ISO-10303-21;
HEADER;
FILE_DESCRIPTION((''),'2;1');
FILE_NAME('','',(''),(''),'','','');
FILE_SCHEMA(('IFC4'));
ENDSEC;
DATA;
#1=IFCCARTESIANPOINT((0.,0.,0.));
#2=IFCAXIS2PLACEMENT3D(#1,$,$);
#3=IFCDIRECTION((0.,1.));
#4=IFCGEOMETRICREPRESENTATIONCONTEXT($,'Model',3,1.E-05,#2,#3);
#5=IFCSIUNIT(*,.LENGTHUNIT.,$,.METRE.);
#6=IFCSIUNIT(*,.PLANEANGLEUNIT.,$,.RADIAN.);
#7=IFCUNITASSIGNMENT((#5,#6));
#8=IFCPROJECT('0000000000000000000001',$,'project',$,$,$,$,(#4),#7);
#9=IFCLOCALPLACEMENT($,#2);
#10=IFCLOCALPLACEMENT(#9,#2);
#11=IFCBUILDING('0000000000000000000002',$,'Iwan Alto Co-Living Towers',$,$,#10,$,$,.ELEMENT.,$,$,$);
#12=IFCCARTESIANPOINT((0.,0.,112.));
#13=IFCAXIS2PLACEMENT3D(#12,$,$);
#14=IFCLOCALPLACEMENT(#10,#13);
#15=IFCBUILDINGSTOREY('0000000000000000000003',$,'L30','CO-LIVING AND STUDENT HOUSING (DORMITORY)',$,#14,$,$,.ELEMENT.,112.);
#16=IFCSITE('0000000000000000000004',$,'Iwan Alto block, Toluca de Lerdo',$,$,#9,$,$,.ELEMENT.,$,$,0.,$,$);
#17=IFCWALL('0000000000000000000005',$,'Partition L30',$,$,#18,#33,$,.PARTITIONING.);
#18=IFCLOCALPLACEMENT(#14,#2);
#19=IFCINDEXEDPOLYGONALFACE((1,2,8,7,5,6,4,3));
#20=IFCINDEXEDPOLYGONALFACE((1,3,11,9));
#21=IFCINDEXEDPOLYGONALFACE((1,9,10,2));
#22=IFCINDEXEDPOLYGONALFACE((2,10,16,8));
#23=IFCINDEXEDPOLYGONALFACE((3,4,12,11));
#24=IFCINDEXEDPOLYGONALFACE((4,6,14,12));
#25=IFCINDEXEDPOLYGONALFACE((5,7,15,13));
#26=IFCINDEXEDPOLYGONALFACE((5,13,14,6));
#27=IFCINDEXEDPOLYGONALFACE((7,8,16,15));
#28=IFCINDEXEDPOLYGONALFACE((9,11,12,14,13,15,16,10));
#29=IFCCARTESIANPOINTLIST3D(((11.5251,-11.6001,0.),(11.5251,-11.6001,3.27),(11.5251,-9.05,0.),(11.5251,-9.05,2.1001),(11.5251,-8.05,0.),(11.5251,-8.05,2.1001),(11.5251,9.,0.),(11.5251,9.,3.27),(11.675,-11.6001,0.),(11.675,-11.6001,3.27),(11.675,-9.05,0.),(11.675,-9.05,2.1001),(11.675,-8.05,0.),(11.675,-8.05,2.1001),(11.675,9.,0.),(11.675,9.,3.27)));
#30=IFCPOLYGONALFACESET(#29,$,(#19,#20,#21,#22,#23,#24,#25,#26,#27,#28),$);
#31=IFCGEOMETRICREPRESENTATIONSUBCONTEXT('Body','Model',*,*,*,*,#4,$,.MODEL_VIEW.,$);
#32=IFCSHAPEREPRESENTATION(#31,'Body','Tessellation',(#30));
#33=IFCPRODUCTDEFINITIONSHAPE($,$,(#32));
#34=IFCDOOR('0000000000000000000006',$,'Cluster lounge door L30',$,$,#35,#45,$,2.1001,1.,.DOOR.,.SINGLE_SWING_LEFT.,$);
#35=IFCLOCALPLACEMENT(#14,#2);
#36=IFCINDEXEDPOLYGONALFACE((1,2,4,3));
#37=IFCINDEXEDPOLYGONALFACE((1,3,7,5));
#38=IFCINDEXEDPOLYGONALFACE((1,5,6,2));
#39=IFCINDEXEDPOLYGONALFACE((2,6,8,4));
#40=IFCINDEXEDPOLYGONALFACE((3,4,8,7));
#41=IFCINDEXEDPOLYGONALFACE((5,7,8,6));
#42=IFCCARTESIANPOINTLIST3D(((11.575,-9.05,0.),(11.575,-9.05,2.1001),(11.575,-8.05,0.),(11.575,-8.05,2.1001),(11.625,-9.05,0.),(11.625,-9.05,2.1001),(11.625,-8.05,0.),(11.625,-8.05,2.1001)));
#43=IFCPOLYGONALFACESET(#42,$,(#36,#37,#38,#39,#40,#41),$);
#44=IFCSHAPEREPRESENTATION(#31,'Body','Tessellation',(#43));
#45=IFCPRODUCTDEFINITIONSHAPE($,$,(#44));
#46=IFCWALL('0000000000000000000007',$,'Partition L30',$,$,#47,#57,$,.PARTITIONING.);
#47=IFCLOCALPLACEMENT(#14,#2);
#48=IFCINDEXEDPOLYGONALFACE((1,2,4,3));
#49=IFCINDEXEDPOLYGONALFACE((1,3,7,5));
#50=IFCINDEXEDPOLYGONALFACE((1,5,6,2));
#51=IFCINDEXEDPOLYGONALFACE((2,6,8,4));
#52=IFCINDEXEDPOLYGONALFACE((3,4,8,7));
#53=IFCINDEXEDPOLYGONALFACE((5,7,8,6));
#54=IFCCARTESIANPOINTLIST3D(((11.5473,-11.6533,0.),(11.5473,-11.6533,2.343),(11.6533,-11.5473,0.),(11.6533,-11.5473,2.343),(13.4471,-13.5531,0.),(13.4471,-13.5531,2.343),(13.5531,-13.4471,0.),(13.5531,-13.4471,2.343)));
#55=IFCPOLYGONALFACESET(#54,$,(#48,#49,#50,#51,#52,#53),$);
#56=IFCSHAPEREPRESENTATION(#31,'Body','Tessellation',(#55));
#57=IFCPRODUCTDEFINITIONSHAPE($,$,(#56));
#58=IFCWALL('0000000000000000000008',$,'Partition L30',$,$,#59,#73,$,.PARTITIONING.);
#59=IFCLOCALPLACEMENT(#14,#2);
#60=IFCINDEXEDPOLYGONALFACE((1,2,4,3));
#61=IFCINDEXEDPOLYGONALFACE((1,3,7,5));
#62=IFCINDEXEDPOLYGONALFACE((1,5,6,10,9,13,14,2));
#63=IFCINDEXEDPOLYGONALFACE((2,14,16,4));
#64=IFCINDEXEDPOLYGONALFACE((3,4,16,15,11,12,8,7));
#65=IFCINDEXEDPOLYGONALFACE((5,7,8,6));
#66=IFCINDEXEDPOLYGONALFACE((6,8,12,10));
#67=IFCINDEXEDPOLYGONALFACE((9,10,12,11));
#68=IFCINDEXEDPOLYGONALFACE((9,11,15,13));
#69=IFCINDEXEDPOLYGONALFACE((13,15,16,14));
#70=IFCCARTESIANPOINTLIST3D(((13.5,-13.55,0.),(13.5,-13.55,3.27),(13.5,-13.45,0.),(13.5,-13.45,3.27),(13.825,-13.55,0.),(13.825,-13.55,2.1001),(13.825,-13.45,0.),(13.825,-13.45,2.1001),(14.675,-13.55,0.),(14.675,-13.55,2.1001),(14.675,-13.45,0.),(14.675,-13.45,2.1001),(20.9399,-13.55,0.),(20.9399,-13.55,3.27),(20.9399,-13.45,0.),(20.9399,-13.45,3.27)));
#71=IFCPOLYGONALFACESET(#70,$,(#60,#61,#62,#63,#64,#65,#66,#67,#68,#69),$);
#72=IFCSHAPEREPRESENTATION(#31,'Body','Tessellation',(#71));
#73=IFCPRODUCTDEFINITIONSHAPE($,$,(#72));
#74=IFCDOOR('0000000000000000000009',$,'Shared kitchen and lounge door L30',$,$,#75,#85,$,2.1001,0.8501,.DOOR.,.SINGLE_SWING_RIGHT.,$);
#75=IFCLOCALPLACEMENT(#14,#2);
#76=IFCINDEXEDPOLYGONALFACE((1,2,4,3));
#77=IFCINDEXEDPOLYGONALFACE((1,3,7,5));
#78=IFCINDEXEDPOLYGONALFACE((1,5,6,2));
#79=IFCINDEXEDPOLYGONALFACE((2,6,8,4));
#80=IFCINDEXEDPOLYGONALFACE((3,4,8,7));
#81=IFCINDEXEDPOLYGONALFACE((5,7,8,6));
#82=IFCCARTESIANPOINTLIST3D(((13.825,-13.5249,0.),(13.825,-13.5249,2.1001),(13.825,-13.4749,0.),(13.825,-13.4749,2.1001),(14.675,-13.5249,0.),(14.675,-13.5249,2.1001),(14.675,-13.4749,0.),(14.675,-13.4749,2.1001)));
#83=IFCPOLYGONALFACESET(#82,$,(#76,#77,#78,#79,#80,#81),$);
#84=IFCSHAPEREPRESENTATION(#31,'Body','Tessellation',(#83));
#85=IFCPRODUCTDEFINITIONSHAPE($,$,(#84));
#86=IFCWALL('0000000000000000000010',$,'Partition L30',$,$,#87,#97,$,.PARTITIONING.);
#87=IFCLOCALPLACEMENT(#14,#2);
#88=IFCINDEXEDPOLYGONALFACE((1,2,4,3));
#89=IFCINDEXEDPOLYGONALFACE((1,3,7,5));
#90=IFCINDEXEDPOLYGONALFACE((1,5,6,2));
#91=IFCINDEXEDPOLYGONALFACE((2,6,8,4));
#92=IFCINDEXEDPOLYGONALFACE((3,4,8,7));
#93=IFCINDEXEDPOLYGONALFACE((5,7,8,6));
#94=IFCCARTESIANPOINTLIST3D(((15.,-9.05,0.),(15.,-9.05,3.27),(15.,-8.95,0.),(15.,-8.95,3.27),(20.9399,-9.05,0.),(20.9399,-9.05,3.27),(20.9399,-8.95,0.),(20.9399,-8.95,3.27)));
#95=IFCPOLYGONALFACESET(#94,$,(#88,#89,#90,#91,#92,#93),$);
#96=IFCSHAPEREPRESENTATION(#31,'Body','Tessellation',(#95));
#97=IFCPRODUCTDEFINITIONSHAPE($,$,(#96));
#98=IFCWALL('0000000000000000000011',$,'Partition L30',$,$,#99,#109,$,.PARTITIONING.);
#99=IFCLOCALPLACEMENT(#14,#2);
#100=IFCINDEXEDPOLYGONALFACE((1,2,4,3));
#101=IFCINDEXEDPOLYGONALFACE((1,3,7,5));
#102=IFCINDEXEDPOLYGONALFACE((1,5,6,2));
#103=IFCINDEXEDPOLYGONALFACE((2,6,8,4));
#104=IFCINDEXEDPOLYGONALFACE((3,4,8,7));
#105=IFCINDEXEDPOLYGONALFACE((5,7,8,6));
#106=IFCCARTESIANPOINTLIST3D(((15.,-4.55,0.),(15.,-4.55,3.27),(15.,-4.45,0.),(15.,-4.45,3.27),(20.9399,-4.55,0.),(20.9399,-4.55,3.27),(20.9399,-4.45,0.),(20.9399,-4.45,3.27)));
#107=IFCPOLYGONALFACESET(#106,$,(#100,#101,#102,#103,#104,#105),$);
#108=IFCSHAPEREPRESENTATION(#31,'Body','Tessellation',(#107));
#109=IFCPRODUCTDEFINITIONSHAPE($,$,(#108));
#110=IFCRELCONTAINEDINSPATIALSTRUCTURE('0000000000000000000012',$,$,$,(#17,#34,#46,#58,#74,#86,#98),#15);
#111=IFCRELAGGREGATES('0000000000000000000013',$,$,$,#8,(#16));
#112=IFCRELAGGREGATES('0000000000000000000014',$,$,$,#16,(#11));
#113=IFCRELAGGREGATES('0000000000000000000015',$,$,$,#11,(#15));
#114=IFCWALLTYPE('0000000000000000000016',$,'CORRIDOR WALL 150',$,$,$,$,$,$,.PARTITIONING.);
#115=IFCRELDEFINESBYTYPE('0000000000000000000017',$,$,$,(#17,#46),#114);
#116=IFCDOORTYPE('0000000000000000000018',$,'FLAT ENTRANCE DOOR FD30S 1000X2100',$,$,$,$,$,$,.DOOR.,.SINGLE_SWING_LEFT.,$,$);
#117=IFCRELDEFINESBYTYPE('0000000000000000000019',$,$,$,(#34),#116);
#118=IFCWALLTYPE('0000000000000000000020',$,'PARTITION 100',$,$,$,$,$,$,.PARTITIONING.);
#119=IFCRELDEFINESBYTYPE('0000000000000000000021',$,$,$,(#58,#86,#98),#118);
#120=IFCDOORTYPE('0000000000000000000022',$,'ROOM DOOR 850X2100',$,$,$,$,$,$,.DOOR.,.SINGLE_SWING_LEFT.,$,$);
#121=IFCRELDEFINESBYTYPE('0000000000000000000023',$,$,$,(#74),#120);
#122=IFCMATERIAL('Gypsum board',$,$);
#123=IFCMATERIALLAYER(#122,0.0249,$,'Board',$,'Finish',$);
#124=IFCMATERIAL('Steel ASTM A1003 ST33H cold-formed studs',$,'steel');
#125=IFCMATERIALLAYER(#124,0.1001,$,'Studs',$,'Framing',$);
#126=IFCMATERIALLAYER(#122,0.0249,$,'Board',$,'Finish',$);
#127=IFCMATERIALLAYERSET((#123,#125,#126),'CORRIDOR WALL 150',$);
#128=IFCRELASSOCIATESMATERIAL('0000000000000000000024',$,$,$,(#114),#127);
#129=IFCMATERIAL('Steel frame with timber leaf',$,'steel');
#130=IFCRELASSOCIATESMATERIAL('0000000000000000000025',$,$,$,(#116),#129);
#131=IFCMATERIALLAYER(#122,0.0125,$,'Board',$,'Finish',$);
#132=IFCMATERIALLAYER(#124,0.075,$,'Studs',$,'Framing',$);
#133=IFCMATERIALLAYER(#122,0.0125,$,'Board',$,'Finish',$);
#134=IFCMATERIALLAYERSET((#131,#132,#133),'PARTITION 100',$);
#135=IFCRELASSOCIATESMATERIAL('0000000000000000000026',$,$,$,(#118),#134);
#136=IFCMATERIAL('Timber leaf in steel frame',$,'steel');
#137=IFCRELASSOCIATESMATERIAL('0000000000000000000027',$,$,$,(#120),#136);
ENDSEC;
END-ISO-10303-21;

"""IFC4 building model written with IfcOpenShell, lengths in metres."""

from ifc_helpers import new_model, si_unit, direction, frame, frame_2d, origin, place, context, subcontext, project, spatial, rectangle, extrude, material, layer, layer_set, type_object, element, fill, save


model = new_model("IFC4")

# Units and contexts
model_context = context("Model", 3, precision=1e-05, world=origin(), true_north=direction((0.0, 1.0)))
body_context = subcontext(model_context, "Body", "Model", "MODEL_VIEW")
ifc_project = project(units=[si_unit("LENGTHUNIT", "METRE"), si_unit("PLANEANGLEUNIT", "RADIAN")], contexts=[model_context])

# Site, building, storey
site_placement = place(None, origin())
site = spatial("IfcSite", under=ifc_project, at=site_placement, Name="Iwan Alto block, Toluca de Lerdo", CompositionType="ELEMENT", RefElevation=0.0)
building_placement = place(site_placement, origin())
building = spatial("IfcBuilding", under=site, at=building_placement, Name="Iwan Alto Co-Living Towers", CompositionType="ELEMENT")
storey_placement = place(building_placement, frame((0.0, 0.0, 112.0)))
storey = spatial("IfcBuildingStorey", under=building, at=storey_placement, Name="L30", Description="CO-LIVING AND STUDENT HOUSING (DORMITORY)", CompositionType="ELEMENT", Elevation=112.0)

# Wall, opening, door
ifc_material_1 = material(Name="Gypsum board")
ifc_layer_1 = layer(ifc_material_1, 0.0249, Name="Board", Category="Finish")
ifc_material_2 = material(Name="Steel ASTM A1003 ST33H cold-formed studs", Category="steel")
ifc_layer_2 = layer(ifc_material_2, 0.1001, Name="Studs", Category="Framing")
ifc_layer_3 = layer(ifc_material_1, 0.0249, Name="Board", Category="Finish")
ifc_layer_set_1 = layer_set([ifc_layer_1, ifc_layer_2, ifc_layer_3], Name="CORRIDOR WALL 150")
wall_type_1 = type_object("IfcWallType", Name="CORRIDOR WALL 150", PredefinedType="PARTITIONING", material=ifc_layer_set_1)
wall_1_placement = place(storey_placement, frame((11.6001, -11.6001, 0.0), z_axis=(0.0, 0.0, 1.0), x_axis=(0.0, 1.0, 0.0)))
wall_1 = element("IfcWall", 1, at=wall_1_placement, inside=storey, type_object=wall_type_1, Name="Partition L30", PredefinedType="PARTITIONING", context=body_context, shape_type="SweptSolid", body=[
    extrude(rectangle(XDim=20.6001, YDim=0.1499, at=frame_2d((10.3, 0.0))), origin(), (0.0, 0.0, 1.0), 3.27),
])
opening_1_placement = place(wall_1_placement, frame((2.55, 0.0, 0.0)))
opening_1 = element("IfcOpeningElement", 2, at=opening_1_placement, cuts=wall_1, PredefinedType="OPENING", context=body_context, shape_type="SweptSolid", body=[
    extrude(rectangle(XDim=1.0, YDim=2.1001, at=frame_2d((0.5, 1.05))), frame((0.0, 0.085, 0.0), z_axis=(0.0, -1.0, 0.0), x_axis=(1.0, 0.0, 0.0)), (0.0, 0.0, 1.0), 0.1699),
])
ifc_material_3 = material(Name="Steel frame with timber leaf", Category="steel")
door_type_1 = type_object("IfcDoorType", Name="FLAT ENTRANCE DOOR FD30S 1000X2100", OperationType="SINGLE_SWING_LEFT", PredefinedType="DOOR", material=ifc_material_3)
door_1_placement = place(opening_1_placement, frame((1.0, 0.0, 0.0), z_axis=(0.0, 0.0, 1.0), x_axis=(-1.0, 0.0, 0.0)))
door_1 = element("IfcDoor", 3, at=door_1_placement, inside=storey, type_object=door_type_1, Name="Cluster lounge door L30", OperationType="SINGLE_SWING_LEFT", OverallHeight=2.1001, OverallWidth=1.0, PredefinedType="DOOR", context=body_context, shape_type="SweptSolid", body=[
    extrude(rectangle(XDim=1.0, YDim=2.1001, at=frame_2d((0.5, 1.05))), frame((0.0, 0.0249, 0.0), z_axis=(0.0, -1.0, 0.0), x_axis=(1.0, 0.0, 0.0)), (0.0, 0.0, 1.0), 0.05),
])
fill(opening_1, door_1)

# Wall
wall_2_placement = place(storey_placement, frame((13.5, -13.5, 0.0), z_axis=(0.0, 0.0, 1.0), x_axis=(-0.707107, 0.707107, 0.0)))
element("IfcWall", 4, at=wall_2_placement, inside=storey, type_object=wall_type_1, Name="Partition L30", PredefinedType="PARTITIONING", context=body_context, shape_type="SweptSolid", body=[
    extrude(rectangle(XDim=2.6868, YDim=0.1499, at=frame_2d((1.3433, 0.0))), origin(), (0.0, 0.0, 1.0), 2.343),
])

# Wall, opening, door
ifc_layer_4 = layer(ifc_material_1, 0.0125, Name="Board", Category="Finish")
ifc_layer_5 = layer(ifc_material_2, 0.075, Name="Studs", Category="Framing")
ifc_layer_6 = layer(ifc_material_1, 0.0125, Name="Board", Category="Finish")
ifc_layer_set_2 = layer_set([ifc_layer_4, ifc_layer_5, ifc_layer_6], Name="PARTITION 100")
wall_type_2 = type_object("IfcWallType", Name="PARTITION 100", PredefinedType="PARTITIONING", material=ifc_layer_set_2)
wall_3_placement = place(storey_placement, frame((13.5, -13.5, 0.0), z_axis=(0.0, 0.0, 1.0), x_axis=(1.0, 0.0, 0.0)))
wall_3 = element("IfcWall", 5, at=wall_3_placement, inside=storey, type_object=wall_type_2, Name="Partition L30", PredefinedType="PARTITIONING", context=body_context, shape_type="SweptSolid", body=[
    extrude(rectangle(XDim=7.4399, YDim=0.1001, at=frame_2d((3.72, 0.0))), origin(), (0.0, 0.0, 1.0), 3.27),
])
opening_2_placement = place(wall_3_placement, frame((0.325, 0.0, 0.0)))
opening_2 = element("IfcOpeningElement", 6, at=opening_2_placement, cuts=wall_3, PredefinedType="OPENING", context=body_context, shape_type="SweptSolid", body=[
    extrude(rectangle(XDim=0.8501, YDim=2.1001, at=frame_2d((0.425, 1.05))), frame((0.0, 0.0601, 0.0), z_axis=(0.0, -1.0, 0.0), x_axis=(1.0, 0.0, 0.0)), (0.0, 0.0, 1.0), 0.1201),
])
ifc_material_4 = material(Name="Timber leaf in steel frame", Category="steel")
door_type_2 = type_object("IfcDoorType", Name="ROOM DOOR 850X2100", OperationType="SINGLE_SWING_LEFT", PredefinedType="DOOR", material=ifc_material_4)
door_2_placement = place(opening_2_placement, frame((0.8501, 0.0, 0.0), z_axis=(0.0, 0.0, 1.0), x_axis=(-1.0, 0.0, 0.0)))
door_2 = element("IfcDoor", 7, at=door_2_placement, inside=storey, type_object=door_type_2, Name="Shared kitchen and lounge door L30", OperationType="SINGLE_SWING_RIGHT", OverallHeight=2.1001, OverallWidth=0.8501, PredefinedType="DOOR", context=body_context, shape_type="SweptSolid", body=[
    extrude(rectangle(XDim=0.8501, YDim=2.1001, at=frame_2d((0.425, 1.05))), frame((0.0, 0.0249, 0.0), z_axis=(0.0, -1.0, 0.0), x_axis=(1.0, 0.0, 0.0)), (0.0, 0.0, 1.0), 0.05),
])
fill(opening_2, door_2)

# Walls
for number, where, z_axis, x_axis, name in (
    (8, (15.0, -9.0, 0.0), (0.0, 0.0, 1.0), (1.0, 0.0, 0.0), "Partition L30"),
    (9, (15.0, -4.5, 0.0), (0.0, 0.0, 1.0), (1.0, 0.0, 0.0), "Partition L30"),
):
    element("IfcWall", number, at=place(storey_placement, frame(where, z_axis=z_axis, x_axis=x_axis)), inside=storey, type_object=wall_type_2, Name=name, PredefinedType="PARTITIONING", context=body_context, shape_type="SweptSolid", body=[
        extrude(rectangle(XDim=5.9399, YDim=0.1001, at=frame_2d((2.97, 0.0))), origin(), (0.0, 0.0, 1.0), 3.27),
    ])

save(model, "model.ifc")
